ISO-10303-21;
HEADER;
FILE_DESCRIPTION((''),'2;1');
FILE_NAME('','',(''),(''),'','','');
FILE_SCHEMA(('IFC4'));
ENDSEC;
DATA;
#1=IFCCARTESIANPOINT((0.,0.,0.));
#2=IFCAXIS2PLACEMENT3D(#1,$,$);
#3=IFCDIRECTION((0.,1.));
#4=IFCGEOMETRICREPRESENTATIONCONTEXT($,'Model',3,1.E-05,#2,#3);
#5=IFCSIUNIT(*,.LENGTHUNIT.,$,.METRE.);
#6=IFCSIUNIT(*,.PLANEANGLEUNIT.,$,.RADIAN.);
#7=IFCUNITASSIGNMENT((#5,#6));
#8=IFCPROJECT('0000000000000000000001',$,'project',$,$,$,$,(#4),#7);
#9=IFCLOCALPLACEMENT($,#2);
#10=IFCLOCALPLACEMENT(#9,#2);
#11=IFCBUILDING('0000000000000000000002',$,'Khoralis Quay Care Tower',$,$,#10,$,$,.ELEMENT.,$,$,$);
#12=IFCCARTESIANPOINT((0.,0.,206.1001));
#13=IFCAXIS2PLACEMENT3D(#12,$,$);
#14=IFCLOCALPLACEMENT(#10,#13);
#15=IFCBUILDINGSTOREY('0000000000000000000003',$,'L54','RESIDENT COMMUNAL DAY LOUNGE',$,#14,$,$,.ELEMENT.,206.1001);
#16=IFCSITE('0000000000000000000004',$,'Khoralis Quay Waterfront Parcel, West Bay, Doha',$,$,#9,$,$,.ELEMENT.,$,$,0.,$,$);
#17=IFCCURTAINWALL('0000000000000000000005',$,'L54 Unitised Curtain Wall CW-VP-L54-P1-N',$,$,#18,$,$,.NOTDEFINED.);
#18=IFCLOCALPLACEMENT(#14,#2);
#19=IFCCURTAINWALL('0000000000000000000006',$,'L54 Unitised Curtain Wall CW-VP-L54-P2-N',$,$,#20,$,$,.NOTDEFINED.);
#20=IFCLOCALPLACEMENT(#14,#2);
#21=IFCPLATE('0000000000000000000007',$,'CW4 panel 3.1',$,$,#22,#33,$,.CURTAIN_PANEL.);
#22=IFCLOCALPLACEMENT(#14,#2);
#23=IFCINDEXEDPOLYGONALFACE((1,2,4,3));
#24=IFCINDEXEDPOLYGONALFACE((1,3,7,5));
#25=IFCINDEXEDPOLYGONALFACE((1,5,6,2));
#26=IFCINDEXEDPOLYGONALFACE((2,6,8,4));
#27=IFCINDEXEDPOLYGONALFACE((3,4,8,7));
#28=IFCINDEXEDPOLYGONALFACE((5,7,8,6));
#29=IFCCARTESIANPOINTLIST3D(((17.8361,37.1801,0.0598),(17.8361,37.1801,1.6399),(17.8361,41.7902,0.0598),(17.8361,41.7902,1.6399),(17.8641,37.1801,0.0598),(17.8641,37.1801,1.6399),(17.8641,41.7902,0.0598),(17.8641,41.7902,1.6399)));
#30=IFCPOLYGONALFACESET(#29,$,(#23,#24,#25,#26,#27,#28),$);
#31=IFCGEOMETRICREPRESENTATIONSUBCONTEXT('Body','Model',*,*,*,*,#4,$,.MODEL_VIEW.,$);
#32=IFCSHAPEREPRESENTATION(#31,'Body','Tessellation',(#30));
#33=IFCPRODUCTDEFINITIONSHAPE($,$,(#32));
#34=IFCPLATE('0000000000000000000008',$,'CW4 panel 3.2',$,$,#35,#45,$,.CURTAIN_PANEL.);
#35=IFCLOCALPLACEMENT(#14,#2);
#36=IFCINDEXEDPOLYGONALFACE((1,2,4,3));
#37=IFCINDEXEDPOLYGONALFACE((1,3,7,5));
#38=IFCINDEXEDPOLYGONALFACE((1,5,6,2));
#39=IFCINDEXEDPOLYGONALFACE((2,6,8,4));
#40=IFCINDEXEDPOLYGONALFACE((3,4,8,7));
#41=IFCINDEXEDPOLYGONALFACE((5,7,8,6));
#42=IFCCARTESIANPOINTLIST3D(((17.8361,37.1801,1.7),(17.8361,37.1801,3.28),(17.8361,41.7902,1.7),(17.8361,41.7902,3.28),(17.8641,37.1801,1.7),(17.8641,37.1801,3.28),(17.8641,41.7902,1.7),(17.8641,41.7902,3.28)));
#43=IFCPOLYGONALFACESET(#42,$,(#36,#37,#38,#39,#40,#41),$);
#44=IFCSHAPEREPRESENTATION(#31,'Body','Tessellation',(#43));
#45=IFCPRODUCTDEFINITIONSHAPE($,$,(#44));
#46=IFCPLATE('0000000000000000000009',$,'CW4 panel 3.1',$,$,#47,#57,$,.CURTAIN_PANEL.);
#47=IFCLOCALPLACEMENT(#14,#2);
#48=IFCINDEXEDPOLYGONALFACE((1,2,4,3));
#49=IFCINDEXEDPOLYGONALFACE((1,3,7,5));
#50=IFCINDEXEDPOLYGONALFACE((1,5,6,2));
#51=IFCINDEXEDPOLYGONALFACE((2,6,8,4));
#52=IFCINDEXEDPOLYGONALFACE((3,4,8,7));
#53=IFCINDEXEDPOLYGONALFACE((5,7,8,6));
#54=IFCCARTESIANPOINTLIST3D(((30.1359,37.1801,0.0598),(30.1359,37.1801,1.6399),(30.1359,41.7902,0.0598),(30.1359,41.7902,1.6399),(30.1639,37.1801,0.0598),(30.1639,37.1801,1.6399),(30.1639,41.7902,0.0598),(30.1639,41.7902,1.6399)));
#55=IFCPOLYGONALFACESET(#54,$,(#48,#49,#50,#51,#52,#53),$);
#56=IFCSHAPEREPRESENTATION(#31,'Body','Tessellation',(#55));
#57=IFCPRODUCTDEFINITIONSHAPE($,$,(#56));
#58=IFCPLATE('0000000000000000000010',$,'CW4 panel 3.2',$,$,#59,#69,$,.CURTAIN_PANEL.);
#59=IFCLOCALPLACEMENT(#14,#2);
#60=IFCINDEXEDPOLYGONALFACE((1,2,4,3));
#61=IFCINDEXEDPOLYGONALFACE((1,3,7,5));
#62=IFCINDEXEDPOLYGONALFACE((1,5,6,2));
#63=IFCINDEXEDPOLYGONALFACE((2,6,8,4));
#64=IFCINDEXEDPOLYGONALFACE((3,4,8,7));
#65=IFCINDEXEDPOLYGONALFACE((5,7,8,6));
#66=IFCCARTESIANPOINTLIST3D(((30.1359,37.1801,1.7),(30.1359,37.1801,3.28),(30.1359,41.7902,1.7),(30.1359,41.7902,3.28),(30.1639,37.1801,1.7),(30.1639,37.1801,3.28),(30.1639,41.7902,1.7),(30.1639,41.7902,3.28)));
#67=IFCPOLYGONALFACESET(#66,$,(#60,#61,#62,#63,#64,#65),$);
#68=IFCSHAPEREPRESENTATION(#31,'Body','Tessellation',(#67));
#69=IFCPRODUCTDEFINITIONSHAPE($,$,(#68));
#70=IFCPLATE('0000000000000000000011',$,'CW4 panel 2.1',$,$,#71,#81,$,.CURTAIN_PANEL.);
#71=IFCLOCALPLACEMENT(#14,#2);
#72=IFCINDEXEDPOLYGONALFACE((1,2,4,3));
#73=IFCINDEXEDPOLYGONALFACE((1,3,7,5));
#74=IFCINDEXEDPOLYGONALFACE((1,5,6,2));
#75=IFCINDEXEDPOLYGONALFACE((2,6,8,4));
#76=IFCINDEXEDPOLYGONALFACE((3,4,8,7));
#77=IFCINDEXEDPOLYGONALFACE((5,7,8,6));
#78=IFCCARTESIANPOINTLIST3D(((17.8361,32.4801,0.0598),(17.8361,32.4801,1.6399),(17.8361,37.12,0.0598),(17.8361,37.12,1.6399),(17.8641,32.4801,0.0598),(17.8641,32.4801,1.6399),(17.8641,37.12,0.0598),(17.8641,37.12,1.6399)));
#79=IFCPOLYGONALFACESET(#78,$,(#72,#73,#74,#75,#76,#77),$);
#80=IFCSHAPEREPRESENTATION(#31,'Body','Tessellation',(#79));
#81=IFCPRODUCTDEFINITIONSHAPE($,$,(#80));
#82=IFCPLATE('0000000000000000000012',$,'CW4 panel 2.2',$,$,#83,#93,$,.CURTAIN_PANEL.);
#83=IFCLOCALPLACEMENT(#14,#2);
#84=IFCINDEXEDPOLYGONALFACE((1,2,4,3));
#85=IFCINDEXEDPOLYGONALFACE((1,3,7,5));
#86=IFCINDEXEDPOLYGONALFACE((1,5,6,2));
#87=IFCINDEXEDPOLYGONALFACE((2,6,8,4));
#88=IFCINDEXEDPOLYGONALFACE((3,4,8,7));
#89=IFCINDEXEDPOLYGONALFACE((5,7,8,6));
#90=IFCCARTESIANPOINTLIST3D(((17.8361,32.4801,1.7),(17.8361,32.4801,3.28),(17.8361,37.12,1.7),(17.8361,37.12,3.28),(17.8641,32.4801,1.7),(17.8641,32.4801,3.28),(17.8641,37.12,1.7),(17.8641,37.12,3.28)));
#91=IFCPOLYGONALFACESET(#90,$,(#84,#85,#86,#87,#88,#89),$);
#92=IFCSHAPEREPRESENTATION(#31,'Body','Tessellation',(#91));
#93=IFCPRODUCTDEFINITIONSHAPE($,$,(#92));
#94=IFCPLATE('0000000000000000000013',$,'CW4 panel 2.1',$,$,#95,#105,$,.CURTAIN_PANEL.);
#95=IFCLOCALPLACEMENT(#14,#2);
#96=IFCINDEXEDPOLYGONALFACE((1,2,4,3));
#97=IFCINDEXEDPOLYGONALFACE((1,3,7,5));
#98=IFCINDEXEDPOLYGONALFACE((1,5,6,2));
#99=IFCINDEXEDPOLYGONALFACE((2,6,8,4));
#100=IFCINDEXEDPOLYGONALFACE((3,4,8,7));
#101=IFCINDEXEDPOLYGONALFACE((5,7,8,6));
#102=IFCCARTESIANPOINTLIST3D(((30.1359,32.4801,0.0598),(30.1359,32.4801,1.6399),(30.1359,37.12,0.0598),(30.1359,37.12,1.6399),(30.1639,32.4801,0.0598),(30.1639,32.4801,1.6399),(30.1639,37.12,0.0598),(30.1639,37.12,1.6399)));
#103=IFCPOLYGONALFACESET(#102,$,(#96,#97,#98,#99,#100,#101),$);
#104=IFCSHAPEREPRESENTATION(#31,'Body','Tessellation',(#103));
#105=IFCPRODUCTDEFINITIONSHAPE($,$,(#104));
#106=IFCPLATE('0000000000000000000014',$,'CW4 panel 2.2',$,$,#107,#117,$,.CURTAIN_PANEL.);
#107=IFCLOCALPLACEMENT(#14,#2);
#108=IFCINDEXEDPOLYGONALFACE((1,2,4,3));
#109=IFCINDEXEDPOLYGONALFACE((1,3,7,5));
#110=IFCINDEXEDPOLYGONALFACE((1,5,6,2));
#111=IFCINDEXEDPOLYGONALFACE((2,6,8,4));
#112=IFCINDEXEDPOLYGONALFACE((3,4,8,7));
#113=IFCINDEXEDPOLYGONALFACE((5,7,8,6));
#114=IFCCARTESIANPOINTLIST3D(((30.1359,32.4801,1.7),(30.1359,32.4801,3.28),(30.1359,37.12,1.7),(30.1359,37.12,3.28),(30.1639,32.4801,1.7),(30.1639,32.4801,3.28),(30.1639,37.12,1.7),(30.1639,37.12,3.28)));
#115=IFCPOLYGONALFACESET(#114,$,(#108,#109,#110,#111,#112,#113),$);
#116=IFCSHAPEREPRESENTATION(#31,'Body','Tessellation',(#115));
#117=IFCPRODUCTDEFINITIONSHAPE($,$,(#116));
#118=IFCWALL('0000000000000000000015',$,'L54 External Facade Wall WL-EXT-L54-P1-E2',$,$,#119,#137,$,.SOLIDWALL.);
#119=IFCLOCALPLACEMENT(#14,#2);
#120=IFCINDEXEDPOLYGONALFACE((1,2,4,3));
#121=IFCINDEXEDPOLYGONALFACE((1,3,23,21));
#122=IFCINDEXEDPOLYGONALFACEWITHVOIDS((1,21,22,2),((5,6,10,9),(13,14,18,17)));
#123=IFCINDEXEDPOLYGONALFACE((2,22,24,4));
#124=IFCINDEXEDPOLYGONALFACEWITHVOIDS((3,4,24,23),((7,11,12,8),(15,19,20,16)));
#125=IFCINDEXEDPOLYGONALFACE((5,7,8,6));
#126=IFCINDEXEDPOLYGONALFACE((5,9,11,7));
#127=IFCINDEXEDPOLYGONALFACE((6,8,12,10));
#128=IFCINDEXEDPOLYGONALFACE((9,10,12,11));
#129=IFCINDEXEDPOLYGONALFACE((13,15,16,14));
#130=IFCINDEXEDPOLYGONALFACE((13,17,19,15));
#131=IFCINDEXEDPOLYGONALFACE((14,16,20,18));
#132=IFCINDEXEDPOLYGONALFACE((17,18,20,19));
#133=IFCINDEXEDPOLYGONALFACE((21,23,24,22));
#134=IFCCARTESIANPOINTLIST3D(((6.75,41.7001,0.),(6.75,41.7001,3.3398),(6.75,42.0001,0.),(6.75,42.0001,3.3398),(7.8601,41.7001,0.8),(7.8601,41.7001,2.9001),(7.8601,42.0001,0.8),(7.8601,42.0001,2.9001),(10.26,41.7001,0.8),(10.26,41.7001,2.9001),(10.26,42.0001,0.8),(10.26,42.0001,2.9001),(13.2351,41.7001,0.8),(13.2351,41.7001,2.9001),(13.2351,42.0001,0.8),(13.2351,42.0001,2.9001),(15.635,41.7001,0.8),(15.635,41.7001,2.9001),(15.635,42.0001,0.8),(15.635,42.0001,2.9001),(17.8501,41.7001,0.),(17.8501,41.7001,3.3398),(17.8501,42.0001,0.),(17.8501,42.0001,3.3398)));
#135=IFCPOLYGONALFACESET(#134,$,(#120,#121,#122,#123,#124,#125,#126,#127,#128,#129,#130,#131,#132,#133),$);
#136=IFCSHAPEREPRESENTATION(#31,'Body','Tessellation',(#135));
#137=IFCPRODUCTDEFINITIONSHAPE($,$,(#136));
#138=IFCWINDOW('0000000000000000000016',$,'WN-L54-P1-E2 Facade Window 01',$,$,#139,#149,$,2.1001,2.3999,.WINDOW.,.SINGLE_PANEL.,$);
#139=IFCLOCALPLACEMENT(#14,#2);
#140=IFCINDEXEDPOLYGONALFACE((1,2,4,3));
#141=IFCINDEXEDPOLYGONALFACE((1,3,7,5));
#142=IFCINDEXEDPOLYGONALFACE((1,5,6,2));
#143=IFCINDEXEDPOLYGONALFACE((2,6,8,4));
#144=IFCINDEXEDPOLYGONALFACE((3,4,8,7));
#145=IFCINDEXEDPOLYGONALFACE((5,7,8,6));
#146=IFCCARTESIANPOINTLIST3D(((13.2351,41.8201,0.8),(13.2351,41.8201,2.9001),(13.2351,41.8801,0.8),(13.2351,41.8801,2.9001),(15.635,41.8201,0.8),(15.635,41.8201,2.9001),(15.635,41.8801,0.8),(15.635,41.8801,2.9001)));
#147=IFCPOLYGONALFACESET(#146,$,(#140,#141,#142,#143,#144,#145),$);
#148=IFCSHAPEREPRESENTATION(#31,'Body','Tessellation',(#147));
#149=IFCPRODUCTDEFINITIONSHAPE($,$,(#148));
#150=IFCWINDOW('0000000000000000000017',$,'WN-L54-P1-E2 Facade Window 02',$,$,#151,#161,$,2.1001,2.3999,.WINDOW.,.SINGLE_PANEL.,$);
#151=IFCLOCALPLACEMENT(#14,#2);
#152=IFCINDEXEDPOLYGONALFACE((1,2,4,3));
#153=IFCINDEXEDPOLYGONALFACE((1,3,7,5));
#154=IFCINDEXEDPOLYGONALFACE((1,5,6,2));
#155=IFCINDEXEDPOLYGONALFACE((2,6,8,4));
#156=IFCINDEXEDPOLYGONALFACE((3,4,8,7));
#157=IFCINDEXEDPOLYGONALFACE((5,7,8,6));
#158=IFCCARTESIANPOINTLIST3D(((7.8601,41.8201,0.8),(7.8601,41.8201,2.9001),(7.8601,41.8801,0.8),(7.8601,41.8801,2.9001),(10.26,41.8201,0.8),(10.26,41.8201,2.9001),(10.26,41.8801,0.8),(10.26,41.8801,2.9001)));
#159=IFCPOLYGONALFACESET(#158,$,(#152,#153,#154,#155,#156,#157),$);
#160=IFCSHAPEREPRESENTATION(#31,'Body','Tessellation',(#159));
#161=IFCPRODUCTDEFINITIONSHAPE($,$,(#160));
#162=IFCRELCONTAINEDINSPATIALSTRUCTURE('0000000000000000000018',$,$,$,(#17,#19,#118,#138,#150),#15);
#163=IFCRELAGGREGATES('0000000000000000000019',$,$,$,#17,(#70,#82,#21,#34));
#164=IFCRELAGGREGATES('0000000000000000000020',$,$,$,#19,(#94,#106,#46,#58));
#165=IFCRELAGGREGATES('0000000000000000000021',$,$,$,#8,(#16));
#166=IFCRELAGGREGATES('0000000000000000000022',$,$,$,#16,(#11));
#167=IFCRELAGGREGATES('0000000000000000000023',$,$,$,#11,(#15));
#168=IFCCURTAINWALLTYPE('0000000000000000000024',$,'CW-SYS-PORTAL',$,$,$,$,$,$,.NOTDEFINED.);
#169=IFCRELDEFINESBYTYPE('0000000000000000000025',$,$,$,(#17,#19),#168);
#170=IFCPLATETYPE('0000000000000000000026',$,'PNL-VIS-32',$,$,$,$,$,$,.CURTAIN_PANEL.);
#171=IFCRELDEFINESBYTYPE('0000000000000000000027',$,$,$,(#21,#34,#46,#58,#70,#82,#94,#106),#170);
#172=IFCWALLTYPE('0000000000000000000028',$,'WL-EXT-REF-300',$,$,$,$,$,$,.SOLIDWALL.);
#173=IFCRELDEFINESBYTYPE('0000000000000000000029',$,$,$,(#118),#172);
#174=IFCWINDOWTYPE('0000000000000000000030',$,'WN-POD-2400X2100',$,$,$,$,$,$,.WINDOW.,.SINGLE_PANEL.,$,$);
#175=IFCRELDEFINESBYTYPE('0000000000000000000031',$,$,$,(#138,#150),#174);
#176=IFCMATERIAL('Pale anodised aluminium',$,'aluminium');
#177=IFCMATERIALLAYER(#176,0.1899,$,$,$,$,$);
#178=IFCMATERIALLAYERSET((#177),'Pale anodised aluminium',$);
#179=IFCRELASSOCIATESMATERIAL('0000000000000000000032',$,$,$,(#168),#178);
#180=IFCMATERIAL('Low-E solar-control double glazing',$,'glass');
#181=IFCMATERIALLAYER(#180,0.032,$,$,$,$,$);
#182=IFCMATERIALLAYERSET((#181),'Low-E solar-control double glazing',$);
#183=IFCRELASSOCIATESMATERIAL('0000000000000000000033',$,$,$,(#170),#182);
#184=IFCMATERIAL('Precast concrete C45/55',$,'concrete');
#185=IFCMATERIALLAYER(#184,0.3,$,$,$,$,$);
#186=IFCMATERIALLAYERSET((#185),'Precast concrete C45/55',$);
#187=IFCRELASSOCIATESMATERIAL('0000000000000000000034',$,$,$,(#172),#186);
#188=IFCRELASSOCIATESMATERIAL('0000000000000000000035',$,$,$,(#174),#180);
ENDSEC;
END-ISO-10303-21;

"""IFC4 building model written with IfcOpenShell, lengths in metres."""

from ifc_helpers import new_model, si_unit, direction, frame, frame_2d, origin, origin_2d, place, context, subcontext, project, spatial, rectangle, extrude, source, transform, mapped, material, layer, layer_set, type_object, element, fill, aggregate, save


model = new_model("IFC4")

# Units and contexts
model_context = context("Model", 3, precision=1e-05, world=origin(), true_north=direction((0.0, 1.0)))
body_context = subcontext(model_context, "Body", "Model", "MODEL_VIEW")
ifc_project = project(units=[si_unit("LENGTHUNIT", "METRE"), si_unit("PLANEANGLEUNIT", "RADIAN")], contexts=[model_context])

# Site, building, storey
site_placement = place(None, origin())
site = spatial("IfcSite", under=ifc_project, at=site_placement, Name="Khoralis Quay Waterfront Parcel, West Bay, Doha", CompositionType="ELEMENT", RefElevation=0.0)
building_placement = place(site_placement, origin())
building = spatial("IfcBuilding", under=site, at=building_placement, Name="Khoralis Quay Care Tower", CompositionType="ELEMENT")
storey_placement = place(building_placement, frame((0.0, 0.0, 206.1001)))
storey = spatial("IfcBuildingStorey", under=building, at=storey_placement, Name="L54", Description="RESIDENT COMMUNAL DAY LOUNGE", CompositionType="ELEMENT", Elevation=206.1001)

# Curtain walls
ifc_material_1 = material(Name="Pale anodised aluminium", Category="aluminium")
ifc_layer_1 = layer(ifc_material_1, 0.1899)
ifc_layer_set_1 = layer_set([ifc_layer_1], Name="Pale anodised aluminium")
curtain_wall_type = type_object("IfcCurtainWallType", Name="CW-SYS-PORTAL", PredefinedType="NOTDEFINED", material=ifc_layer_set_1)
curtain_wall_1_placement = place(storey_placement, origin())
curtain_wall_1 = element("IfcCurtainWall", 1, at=curtain_wall_1_placement, inside=storey, type_object=curtain_wall_type, Name="L54 Unitised Curtain Wall CW-VP-L54-P1-N", PredefinedType="NOTDEFINED")
curtain_wall_2_placement = place(storey_placement, origin())
curtain_wall_2 = element("IfcCurtainWall", 2, at=curtain_wall_2_placement, inside=storey, type_object=curtain_wall_type, Name="L54 Unitised Curtain Wall CW-VP-L54-P2-N", PredefinedType="NOTDEFINED")

# Plates
ifc_material_2 = material(Name="Low-E solar-control double glazing", Category="glass")
ifc_layer_2 = layer(ifc_material_2, 0.032)
ifc_layer_set_2 = layer_set([ifc_layer_2], Name="Low-E solar-control double glazing")
plate_type = type_object("IfcPlateType", Name="PNL-VIS-32", PredefinedType="CURTAIN_PANEL", material=ifc_layer_set_2)
shared_shape_1 = source(origin(), body_context, "Body", "SweptSolid", [
    extrude(rectangle(XDim=4.6101, YDim=0.0281, at=origin_2d()), origin(), (0.0, 0.0, 1.0), 1.5801),
])
plate_1_placement = place(storey_placement, frame((17.8501, 39.4851, 0.0598), z_axis=(0.0, 0.0, 1.0), x_axis=(0.0, 1.0, 0.0)))
plate_1 = element("IfcPlate", 3, at=plate_1_placement, type_object=plate_type, Name="CW4 panel 3.1", PredefinedType="CURTAIN_PANEL", context=body_context, shape_type="MappedRepresentation", body=[
    mapped(shared_shape_1, transform((0.0, 0.0, 0.0), scale=1.0)),
])
plate_2_placement = place(storey_placement, frame((17.8501, 39.4851, 1.7), z_axis=(0.0, 0.0, 1.0), x_axis=(0.0, 1.0, 0.0)))
plate_2 = element("IfcPlate", 4, at=plate_2_placement, type_object=plate_type, Name="CW4 panel 3.2", PredefinedType="CURTAIN_PANEL", context=body_context, shape_type="MappedRepresentation", body=[
    mapped(shared_shape_1, transform((0.0, 0.0, 0.0), scale=1.0)),
])
plate_3_placement = place(storey_placement, frame((30.1499, 39.4851, 0.0598), z_axis=(0.0, 0.0, 1.0), x_axis=(0.0, 1.0, 0.0)))
plate_3 = element("IfcPlate", 5, at=plate_3_placement, type_object=plate_type, Name="CW4 panel 3.1", PredefinedType="CURTAIN_PANEL", context=body_context, shape_type="MappedRepresentation", body=[
    mapped(shared_shape_1, transform((0.0, 0.0, 0.0), scale=1.0)),
])
plate_4_placement = place(storey_placement, frame((30.1499, 39.4851, 1.7), z_axis=(0.0, 0.0, 1.0), x_axis=(0.0, 1.0, 0.0)))
plate_4 = element("IfcPlate", 6, at=plate_4_placement, type_object=plate_type, Name="CW4 panel 3.2", PredefinedType="CURTAIN_PANEL", context=body_context, shape_type="MappedRepresentation", body=[
    mapped(shared_shape_1, transform((0.0, 0.0, 0.0), scale=1.0)),
])
shared_shape_2 = source(origin(), body_context, "Body", "SweptSolid", [
    extrude(rectangle(XDim=4.6399, YDim=0.0281, at=origin_2d()), origin(), (0.0, 0.0, 1.0), 1.5801),
])
plate_5_placement = place(storey_placement, frame((17.8501, 34.8, 0.0598), z_axis=(0.0, 0.0, 1.0), x_axis=(0.0, 1.0, 0.0)))
plate_5 = element("IfcPlate", 7, at=plate_5_placement, type_object=plate_type, Name="CW4 panel 2.1", PredefinedType="CURTAIN_PANEL", context=body_context, shape_type="MappedRepresentation", body=[
    mapped(shared_shape_2, transform((0.0, 0.0, 0.0), scale=1.0)),
])
plate_6_placement = place(storey_placement, frame((17.8501, 34.8, 1.7), z_axis=(0.0, 0.0, 1.0), x_axis=(0.0, 1.0, 0.0)))
plate_6 = element("IfcPlate", 8, at=plate_6_placement, type_object=plate_type, Name="CW4 panel 2.2", PredefinedType="CURTAIN_PANEL", context=body_context, shape_type="MappedRepresentation", body=[
    mapped(shared_shape_2, transform((0.0, 0.0, 0.0), scale=1.0)),
])
aggregate(curtain_wall_1, [plate_5, plate_6, plate_1, plate_2])
plate_7_placement = place(storey_placement, frame((30.1499, 34.8, 0.0598), z_axis=(0.0, 0.0, 1.0), x_axis=(0.0, 1.0, 0.0)))
plate_7 = element("IfcPlate", 9, at=plate_7_placement, type_object=plate_type, Name="CW4 panel 2.1", PredefinedType="CURTAIN_PANEL", context=body_context, shape_type="MappedRepresentation", body=[
    mapped(shared_shape_2, transform((0.0, 0.0, 0.0), scale=1.0)),
])
plate_8_placement = place(storey_placement, frame((30.1499, 34.8, 1.7), z_axis=(0.0, 0.0, 1.0), x_axis=(0.0, 1.0, 0.0)))
plate_8 = element("IfcPlate", 10, at=plate_8_placement, type_object=plate_type, Name="CW4 panel 2.2", PredefinedType="CURTAIN_PANEL", context=body_context, shape_type="MappedRepresentation", body=[
    mapped(shared_shape_2, transform((0.0, 0.0, 0.0), scale=1.0)),
])
aggregate(curtain_wall_2, [plate_7, plate_8, plate_3, plate_4])

# Wall, openings, windows
ifc_material_3 = material(Name="Precast concrete C45/55", Category="concrete")
ifc_layer_3 = layer(ifc_material_3, 0.3)
ifc_layer_set_3 = layer_set([ifc_layer_3], Name="Precast concrete C45/55")
wall_type = type_object("IfcWallType", Name="WL-EXT-REF-300", PredefinedType="SOLIDWALL", material=ifc_layer_set_3)
wall_placement = place(storey_placement, frame((17.8501, 41.8501, 0.0), z_axis=(0.0, 0.0, 1.0), x_axis=(-1.0, 0.0, 0.0)))
wall = element("IfcWall", 11, at=wall_placement, inside=storey, type_object=wall_type, Name="L54 External Facade Wall WL-EXT-L54-P1-E2", PredefinedType="SOLIDWALL", context=body_context, shape_type="SweptSolid", body=[
    extrude(rectangle(XDim=11.1001, YDim=0.3, at=frame_2d((5.55, 0.0))), origin(), (0.0, 0.0, 1.0), 3.3398),
])
opening_1_placement = place(wall_placement, frame((2.2151, 0.0, 0.8)))
opening_1 = element("IfcOpeningElement", 12, at=opening_1_placement, cuts=wall, PredefinedType="OPENING", context=body_context, shape_type="SweptSolid", body=[
    extrude(rectangle(XDim=2.3999, YDim=2.1001, at=frame_2d((1.2, 1.05))), frame((0.0, 0.1602, 0.0), z_axis=(0.0, -1.0, 0.0), x_axis=(1.0, 0.0, 0.0)), (0.0, 0.0, 1.0), 0.3201),
])
opening_2_placement = place(wall_placement, frame((7.5901, 0.0, 0.8)))
opening_2 = element("IfcOpeningElement", 13, at=opening_2_placement, cuts=wall, PredefinedType="OPENING", context=body_context, shape_type="SweptSolid", body=[
    extrude(rectangle(XDim=2.3999, YDim=2.1001, at=frame_2d((1.2, 1.05))), frame((0.0, 0.1602, 0.0), z_axis=(0.0, -1.0, 0.0), x_axis=(1.0, 0.0, 0.0)), (0.0, 0.0, 1.0), 0.3201),
])
window_type = type_object("IfcWindowType", Name="WN-POD-2400X2100", PartitioningType="SINGLE_PANEL", PredefinedType="WINDOW", material=ifc_material_2)
shared_shape_3 = source(origin(), body_context, "Body", "SweptSolid", [
    extrude(rectangle(XDim=2.3999, YDim=2.1001, at=frame_2d((1.2, 1.05))), frame((0.0, 0.03, 0.0), z_axis=(0.0, -1.0, 0.0), x_axis=(1.0, 0.0, 0.0)), (0.0, 0.0, 1.0), 0.0601),
])
window_1_placement = place(opening_1_placement, origin())
window_1 = element("IfcWindow", 14, at=window_1_placement, inside=storey, type_object=window_type, Name="WN-L54-P1-E2 Facade Window 01", OverallHeight=2.1001, OverallWidth=2.3999, PartitioningType="SINGLE_PANEL", PredefinedType="WINDOW", context=body_context, shape_type="MappedRepresentation", body=[
    mapped(shared_shape_3, transform((0.0, 0.0, 0.0), scale=1.0)),
])
fill(opening_1, window_1)
window_2_placement = place(opening_2_placement, origin())
window_2 = element("IfcWindow", 15, at=window_2_placement, inside=storey, type_object=window_type, Name="WN-L54-P1-E2 Facade Window 02", OverallHeight=2.1001, OverallWidth=2.3999, PartitioningType="SINGLE_PANEL", PredefinedType="WINDOW", context=body_context, shape_type="MappedRepresentation", body=[
    mapped(shared_shape_3, transform((0.0, 0.0, 0.0), scale=1.0)),
])
fill(opening_2, window_2)

save(model, "model.ifc")
